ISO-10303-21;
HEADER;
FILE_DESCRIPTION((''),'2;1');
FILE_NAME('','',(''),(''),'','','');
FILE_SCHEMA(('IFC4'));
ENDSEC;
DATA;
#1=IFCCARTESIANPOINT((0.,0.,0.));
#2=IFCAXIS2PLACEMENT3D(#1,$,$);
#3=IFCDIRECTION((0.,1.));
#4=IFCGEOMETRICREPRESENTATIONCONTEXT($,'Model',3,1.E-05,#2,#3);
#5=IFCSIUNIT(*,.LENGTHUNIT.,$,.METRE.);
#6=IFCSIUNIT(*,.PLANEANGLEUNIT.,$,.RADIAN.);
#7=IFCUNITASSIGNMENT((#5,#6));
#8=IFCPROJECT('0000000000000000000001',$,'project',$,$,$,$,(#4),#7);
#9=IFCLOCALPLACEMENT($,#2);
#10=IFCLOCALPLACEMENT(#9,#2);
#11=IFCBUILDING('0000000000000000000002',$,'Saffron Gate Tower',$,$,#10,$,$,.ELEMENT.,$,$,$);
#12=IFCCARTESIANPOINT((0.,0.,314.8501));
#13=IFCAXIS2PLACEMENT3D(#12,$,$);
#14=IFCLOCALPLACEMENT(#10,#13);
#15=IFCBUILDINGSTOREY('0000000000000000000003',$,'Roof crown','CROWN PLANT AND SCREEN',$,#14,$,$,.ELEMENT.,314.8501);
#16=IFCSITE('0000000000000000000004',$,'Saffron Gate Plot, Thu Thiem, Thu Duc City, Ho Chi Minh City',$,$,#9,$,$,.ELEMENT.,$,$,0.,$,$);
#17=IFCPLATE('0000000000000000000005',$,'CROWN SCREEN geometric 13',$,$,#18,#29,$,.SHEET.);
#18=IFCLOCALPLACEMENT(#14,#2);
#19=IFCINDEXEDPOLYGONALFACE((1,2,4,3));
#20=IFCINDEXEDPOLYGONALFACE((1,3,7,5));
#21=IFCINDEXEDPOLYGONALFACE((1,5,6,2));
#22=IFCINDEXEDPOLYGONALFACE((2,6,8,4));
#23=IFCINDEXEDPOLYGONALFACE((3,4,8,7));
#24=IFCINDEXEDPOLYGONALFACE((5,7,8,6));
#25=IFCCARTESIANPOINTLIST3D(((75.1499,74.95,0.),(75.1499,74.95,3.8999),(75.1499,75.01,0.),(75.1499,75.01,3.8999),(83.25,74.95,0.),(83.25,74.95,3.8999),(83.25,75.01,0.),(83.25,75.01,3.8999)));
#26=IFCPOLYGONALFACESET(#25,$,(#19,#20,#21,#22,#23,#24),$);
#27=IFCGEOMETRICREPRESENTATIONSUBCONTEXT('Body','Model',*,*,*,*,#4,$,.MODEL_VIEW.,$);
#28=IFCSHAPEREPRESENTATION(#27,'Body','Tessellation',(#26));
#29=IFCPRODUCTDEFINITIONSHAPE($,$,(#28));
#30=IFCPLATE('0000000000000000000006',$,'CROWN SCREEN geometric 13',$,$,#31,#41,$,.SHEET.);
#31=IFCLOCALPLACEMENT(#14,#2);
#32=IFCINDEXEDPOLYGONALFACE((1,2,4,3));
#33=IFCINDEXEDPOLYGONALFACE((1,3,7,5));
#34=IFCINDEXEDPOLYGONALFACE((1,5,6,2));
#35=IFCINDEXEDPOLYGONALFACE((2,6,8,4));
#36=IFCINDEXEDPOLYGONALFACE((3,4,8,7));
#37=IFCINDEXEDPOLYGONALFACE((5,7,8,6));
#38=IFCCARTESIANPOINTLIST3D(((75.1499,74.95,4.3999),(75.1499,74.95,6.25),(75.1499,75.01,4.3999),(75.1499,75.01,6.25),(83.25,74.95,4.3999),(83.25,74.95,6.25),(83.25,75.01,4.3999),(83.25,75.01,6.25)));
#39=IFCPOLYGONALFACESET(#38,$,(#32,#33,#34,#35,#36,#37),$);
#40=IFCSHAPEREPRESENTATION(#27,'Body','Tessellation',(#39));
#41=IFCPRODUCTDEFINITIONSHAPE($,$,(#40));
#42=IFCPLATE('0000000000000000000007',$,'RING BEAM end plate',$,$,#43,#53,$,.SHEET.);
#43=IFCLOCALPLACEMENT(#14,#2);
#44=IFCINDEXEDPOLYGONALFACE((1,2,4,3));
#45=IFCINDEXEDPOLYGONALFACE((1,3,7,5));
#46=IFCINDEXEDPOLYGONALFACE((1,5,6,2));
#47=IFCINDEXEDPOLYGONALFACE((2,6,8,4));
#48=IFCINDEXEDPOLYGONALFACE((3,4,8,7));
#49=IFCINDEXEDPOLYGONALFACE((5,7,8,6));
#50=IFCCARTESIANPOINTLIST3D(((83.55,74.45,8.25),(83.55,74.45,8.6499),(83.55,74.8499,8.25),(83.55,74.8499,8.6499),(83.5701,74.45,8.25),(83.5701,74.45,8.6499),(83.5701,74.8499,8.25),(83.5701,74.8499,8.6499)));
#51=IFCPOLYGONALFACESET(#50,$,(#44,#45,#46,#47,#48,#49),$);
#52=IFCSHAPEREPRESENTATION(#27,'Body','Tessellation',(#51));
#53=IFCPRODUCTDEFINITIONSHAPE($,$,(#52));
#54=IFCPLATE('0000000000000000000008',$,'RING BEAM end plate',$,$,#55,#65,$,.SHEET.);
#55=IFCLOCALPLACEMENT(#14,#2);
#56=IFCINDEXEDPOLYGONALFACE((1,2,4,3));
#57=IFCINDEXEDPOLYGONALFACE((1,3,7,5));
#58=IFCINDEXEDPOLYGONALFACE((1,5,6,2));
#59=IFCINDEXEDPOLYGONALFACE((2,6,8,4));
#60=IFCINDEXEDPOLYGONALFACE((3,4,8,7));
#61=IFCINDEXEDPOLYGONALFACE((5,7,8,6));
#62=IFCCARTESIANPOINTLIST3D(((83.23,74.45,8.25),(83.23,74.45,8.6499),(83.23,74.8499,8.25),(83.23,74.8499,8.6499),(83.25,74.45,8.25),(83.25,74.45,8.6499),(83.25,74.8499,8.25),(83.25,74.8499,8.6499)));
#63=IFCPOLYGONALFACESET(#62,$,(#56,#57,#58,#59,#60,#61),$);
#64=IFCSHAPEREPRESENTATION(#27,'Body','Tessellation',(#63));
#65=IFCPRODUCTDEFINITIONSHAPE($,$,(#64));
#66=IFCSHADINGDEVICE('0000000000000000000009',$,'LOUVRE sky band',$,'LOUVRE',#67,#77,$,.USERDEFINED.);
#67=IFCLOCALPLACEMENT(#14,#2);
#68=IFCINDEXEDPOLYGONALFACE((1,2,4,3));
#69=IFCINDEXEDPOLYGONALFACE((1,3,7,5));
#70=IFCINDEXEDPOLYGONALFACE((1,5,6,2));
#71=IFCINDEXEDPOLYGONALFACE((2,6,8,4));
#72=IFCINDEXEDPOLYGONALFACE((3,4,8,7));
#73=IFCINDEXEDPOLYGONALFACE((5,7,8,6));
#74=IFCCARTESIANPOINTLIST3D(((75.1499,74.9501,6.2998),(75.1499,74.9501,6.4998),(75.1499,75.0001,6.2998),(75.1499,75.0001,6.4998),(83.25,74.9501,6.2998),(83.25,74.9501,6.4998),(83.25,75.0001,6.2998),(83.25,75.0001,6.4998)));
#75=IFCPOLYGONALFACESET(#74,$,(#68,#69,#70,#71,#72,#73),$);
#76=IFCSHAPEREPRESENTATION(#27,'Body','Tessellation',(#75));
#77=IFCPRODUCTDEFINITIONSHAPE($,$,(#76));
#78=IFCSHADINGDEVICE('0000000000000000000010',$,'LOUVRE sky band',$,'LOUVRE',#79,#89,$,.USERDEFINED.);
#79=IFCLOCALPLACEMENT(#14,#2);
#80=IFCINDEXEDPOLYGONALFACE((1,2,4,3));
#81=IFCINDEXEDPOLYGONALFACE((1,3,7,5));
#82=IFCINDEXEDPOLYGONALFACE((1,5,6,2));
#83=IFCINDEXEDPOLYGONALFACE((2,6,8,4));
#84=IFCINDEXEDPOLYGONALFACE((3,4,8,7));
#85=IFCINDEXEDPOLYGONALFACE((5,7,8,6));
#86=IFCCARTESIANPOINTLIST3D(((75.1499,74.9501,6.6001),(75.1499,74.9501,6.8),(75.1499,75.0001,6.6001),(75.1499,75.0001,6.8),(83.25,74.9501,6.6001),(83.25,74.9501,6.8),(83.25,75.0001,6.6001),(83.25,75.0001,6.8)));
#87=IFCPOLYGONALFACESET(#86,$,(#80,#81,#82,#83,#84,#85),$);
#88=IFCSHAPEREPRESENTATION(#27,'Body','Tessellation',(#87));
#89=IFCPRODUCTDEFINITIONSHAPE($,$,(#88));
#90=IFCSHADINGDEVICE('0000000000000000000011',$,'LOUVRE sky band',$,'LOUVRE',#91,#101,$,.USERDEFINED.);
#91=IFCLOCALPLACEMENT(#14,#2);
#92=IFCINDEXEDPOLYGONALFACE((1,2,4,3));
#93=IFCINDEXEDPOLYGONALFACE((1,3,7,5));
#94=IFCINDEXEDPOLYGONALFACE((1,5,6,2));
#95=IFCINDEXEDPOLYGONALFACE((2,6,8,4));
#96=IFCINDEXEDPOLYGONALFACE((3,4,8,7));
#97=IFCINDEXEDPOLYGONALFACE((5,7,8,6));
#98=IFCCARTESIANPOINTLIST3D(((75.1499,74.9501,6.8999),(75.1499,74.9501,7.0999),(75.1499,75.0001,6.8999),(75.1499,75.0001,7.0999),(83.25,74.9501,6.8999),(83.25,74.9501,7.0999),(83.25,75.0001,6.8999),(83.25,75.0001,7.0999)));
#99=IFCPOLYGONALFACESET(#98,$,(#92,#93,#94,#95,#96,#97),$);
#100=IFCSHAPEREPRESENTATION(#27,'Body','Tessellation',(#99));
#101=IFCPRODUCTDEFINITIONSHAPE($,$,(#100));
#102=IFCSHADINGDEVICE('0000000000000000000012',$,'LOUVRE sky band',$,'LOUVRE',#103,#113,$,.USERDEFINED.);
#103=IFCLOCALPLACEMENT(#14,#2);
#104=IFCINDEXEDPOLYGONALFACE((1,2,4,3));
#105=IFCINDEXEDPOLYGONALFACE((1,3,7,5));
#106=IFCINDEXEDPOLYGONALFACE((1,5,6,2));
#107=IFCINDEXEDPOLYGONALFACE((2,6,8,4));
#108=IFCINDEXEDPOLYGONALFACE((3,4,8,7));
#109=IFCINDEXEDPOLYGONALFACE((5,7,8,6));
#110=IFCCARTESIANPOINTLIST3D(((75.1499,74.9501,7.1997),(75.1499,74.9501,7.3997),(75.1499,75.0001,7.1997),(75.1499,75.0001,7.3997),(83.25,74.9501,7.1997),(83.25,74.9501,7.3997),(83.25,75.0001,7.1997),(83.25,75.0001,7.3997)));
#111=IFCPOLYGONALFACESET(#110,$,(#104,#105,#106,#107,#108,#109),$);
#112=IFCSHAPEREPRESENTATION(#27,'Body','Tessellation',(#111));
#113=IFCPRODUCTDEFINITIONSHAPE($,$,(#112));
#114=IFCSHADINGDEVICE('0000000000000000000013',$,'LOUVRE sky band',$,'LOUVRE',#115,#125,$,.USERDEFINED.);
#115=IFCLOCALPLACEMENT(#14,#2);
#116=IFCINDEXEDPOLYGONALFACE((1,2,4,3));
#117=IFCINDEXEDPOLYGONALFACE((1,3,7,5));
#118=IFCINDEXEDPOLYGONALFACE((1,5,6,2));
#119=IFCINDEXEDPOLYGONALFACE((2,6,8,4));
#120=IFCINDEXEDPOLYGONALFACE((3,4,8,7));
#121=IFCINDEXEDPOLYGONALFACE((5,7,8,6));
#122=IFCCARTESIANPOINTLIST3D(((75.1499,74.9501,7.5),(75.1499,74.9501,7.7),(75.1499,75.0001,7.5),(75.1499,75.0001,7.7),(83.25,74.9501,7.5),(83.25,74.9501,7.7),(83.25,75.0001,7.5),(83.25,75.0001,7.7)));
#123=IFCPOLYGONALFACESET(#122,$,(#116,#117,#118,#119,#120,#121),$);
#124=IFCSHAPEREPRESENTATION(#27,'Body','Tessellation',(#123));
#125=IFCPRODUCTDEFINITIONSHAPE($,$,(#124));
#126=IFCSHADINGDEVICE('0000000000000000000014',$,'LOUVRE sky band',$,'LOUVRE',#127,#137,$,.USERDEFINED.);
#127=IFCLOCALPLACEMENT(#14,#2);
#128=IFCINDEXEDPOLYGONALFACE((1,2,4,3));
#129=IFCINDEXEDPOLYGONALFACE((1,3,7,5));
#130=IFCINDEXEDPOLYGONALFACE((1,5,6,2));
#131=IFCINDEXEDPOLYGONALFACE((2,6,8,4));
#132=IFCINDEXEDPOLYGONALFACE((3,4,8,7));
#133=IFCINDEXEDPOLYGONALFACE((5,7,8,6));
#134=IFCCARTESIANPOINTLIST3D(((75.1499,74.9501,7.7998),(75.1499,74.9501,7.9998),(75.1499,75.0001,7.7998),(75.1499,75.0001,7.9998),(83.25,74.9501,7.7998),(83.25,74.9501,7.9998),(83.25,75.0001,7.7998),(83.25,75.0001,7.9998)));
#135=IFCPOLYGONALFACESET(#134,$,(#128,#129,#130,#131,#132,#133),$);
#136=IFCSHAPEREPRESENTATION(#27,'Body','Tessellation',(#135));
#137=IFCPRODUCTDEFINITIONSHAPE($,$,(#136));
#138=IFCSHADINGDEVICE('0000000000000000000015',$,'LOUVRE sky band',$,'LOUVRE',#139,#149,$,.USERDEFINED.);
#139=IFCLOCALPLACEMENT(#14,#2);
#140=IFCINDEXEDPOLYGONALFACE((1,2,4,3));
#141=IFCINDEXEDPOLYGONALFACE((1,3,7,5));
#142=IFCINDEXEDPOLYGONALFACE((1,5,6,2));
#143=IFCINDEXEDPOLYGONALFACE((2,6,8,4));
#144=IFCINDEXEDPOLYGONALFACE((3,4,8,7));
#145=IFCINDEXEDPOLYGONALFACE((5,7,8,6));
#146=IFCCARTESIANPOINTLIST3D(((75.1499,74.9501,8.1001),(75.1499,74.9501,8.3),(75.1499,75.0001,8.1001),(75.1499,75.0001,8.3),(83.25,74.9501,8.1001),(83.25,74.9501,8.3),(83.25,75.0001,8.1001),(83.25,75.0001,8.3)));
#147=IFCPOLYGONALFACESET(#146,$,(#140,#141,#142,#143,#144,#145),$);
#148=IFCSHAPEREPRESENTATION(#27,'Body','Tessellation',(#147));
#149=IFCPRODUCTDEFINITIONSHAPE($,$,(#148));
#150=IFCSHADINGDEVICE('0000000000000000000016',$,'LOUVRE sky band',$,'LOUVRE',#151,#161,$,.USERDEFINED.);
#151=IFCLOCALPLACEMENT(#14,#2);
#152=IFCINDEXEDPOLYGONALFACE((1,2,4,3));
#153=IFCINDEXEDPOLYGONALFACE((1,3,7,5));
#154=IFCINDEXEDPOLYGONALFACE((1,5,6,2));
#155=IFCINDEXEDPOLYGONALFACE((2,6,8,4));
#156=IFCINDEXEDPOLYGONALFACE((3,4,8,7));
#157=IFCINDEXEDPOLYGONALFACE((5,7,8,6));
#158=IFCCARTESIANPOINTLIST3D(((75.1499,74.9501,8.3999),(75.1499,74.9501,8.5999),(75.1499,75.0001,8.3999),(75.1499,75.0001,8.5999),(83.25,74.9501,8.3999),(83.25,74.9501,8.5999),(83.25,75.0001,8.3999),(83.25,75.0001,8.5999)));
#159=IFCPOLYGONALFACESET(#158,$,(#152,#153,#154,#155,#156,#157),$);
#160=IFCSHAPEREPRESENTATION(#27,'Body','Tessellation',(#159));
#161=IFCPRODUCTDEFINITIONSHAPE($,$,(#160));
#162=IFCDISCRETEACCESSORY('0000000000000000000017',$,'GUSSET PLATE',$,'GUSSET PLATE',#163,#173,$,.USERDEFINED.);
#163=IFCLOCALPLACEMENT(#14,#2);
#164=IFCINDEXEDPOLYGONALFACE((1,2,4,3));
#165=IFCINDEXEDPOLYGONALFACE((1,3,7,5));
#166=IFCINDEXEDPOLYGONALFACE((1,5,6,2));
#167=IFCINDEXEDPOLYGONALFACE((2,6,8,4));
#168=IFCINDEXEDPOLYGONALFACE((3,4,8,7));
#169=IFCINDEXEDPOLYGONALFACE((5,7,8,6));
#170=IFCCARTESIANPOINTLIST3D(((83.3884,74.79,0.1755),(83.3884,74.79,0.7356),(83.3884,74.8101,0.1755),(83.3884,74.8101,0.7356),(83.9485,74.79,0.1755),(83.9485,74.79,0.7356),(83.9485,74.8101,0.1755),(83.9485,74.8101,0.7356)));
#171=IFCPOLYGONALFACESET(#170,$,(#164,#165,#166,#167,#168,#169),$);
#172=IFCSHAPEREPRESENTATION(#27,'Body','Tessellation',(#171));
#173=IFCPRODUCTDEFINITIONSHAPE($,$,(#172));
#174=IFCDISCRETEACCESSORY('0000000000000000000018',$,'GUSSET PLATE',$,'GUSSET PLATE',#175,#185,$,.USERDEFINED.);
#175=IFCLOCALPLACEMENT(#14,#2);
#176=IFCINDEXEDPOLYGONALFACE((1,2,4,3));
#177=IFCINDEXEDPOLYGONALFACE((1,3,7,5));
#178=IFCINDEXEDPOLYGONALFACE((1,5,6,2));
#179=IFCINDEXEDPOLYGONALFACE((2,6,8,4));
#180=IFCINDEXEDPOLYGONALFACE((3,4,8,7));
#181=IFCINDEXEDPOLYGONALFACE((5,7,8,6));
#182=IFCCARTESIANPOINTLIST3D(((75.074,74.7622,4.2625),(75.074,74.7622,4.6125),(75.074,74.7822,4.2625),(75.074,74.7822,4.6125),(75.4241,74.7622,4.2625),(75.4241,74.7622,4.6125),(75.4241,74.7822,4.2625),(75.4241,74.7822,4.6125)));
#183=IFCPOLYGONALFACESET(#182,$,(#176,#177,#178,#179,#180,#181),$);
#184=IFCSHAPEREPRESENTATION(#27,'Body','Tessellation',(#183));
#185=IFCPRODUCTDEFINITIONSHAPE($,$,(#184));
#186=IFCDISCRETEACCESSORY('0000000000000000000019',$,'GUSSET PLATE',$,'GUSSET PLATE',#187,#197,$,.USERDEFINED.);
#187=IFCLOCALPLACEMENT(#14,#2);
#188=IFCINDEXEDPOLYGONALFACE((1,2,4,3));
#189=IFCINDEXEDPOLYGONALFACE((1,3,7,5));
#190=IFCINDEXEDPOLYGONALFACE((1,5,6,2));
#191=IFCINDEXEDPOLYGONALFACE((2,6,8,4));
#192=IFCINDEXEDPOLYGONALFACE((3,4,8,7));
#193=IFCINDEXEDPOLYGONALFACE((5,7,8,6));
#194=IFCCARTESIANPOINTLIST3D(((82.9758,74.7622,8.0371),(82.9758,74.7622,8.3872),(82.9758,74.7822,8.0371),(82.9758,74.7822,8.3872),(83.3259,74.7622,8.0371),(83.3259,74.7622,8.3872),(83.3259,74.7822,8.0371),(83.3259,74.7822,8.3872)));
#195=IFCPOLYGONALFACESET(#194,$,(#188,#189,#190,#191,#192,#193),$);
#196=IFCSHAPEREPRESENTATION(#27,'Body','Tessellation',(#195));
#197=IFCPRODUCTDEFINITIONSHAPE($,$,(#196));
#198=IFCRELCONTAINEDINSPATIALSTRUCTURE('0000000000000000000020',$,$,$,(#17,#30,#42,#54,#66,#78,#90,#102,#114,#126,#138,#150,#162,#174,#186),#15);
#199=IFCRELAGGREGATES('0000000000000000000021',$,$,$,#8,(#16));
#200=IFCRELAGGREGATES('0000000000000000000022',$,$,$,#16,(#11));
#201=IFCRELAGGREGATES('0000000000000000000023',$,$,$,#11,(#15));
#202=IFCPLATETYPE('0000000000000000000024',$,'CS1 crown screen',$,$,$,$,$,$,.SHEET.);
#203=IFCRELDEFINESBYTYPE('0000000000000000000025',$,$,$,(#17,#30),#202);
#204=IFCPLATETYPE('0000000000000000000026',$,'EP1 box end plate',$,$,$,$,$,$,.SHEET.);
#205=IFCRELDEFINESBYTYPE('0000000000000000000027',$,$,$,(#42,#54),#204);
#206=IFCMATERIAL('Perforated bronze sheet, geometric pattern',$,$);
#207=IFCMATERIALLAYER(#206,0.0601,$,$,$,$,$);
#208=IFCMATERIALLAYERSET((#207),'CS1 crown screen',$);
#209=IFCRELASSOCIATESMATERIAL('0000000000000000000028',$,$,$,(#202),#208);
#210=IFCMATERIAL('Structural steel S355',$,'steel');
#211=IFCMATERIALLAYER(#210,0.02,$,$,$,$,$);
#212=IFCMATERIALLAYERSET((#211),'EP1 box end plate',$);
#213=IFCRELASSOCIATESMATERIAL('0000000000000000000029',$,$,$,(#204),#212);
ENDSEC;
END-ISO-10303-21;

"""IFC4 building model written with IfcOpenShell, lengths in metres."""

from ifc_helpers import new_model, si_unit, direction, frame, origin, origin_2d, place, context, subcontext, project, spatial, rectangle, extrude, material, layer, layer_set, type_object, element, save


model = new_model("IFC4")

# Units and contexts
model_context = context("Model", 3, precision=1e-05, world=origin(), true_north=direction((0.0, 1.0)))
body_context = subcontext(model_context, "Body", "Model", "MODEL_VIEW")
ifc_project = project(units=[si_unit("LENGTHUNIT", "METRE"), si_unit("PLANEANGLEUNIT", "RADIAN")], contexts=[model_context])

# Site, building, storey
site_placement = place(None, origin())
site = spatial("IfcSite", under=ifc_project, at=site_placement, Name="Saffron Gate Plot, Thu Thiem, Thu Duc City, Ho Chi Minh City", CompositionType="ELEMENT", RefElevation=0.0)
building_placement = place(site_placement, origin())
building = spatial("IfcBuilding", under=site, at=building_placement, Name="Saffron Gate Tower", CompositionType="ELEMENT")
storey_placement = place(building_placement, frame((0.0, 0.0, 314.8501)))
storey = spatial("IfcBuildingStorey", under=building, at=storey_placement, Name="Roof crown", Description="CROWN PLANT AND SCREEN", CompositionType="ELEMENT", Elevation=314.8501)

# Shared definitions
ifc_material_1 = material(Name="Structural steel S355", Category="steel")

# Plates
ifc_material_2 = material(Name="Perforated bronze sheet, geometric pattern")
ifc_layer_1 = layer(ifc_material_2, 0.0601)
ifc_layer_set_1 = layer_set([ifc_layer_1], Name="CS1 crown screen")
plate_type_1 = type_object("IfcPlateType", Name="CS1 crown screen", PredefinedType="SHEET", material=ifc_layer_set_1)
plate_1_placement = place(storey_placement, frame((79.2, 74.98, 0.0), z_axis=(0.0, 0.0, 1.0), x_axis=(-1.0, 0.0, 0.0)))
element("IfcPlate", 1, at=plate_1_placement, inside=storey, type_object=plate_type_1, Name="CROWN SCREEN geometric 13", PredefinedType="SHEET", context=body_context, shape_type="SweptSolid", body=[
    extrude(rectangle(XDim=8.1001, YDim=0.0601, at=origin_2d()), origin(), (0.0, 0.0, 1.0), 3.8999),
])
plate_2_placement = place(storey_placement, frame((79.2, 74.98, 4.3999), z_axis=(0.0, 0.0, 1.0), x_axis=(-1.0, 0.0, 0.0)))
element("IfcPlate", 2, at=plate_2_placement, inside=storey, type_object=plate_type_1, Name="CROWN SCREEN geometric 13", PredefinedType="SHEET", context=body_context, shape_type="SweptSolid", body=[
    extrude(rectangle(XDim=8.1001, YDim=0.0601, at=origin_2d()), origin(), (0.0, 0.0, 1.0), 1.8501),
])
ifc_layer_2 = layer(ifc_material_1, 0.02)
ifc_layer_set_2 = layer_set([ifc_layer_2], Name="EP1 box end plate")
plate_type_2 = type_object("IfcPlateType", Name="EP1 box end plate", PredefinedType="SHEET", material=ifc_layer_set_2)
for number, where, z_axis, x_axis, name in (
    (3, (83.5601, 74.6499, 8.25), (0.0, 0.0, 1.0), (-1.0, 0.0, 0.0), "RING BEAM end plate"),
    (4, (83.24, 74.6499, 8.25), (0.0, 0.0, 1.0), (-1.0, 0.0, 0.0), "RING BEAM end plate"),
):
    element("IfcPlate", number, at=place(storey_placement, frame(where, z_axis=z_axis, x_axis=x_axis)), inside=storey, type_object=plate_type_2, Name=name, PredefinedType="SHEET", context=body_context, shape_type="SweptSolid", body=[
        extrude(rectangle(XDim=0.02, YDim=0.3999, at=origin_2d()), origin(), (0.0, 0.0, 1.0), 0.3999),
    ])

# Shading devices
for number, where, z_axis, x_axis, name in (
    (5, (79.2, 74.9751, 6.2998), (0.0, 0.0, 1.0), (-1.0, 0.0, 0.0), "LOUVRE sky band"),
    (6, (79.2, 74.9751, 6.6001), (0.0, 0.0, 1.0), (-1.0, 0.0, 0.0), "LOUVRE sky band"),
    (7, (79.2, 74.9751, 6.8999), (0.0, 0.0, 1.0), (-1.0, 0.0, 0.0), "LOUVRE sky band"),
    (8, (79.2, 74.9751, 7.1997), (0.0, 0.0, 1.0), (-1.0, 0.0, 0.0), "LOUVRE sky band"),
    (9, (79.2, 74.9751, 7.5), (0.0, 0.0, 1.0), (-1.0, 0.0, 0.0), "LOUVRE sky band"),
    (10, (79.2, 74.9751, 7.7998), (0.0, 0.0, 1.0), (-1.0, 0.0, 0.0), "LOUVRE sky band"),
    (11, (79.2, 74.9751, 8.1001), (0.0, 0.0, 1.0), (-1.0, 0.0, 0.0), "LOUVRE sky band"),
    (12, (79.2, 74.9751, 8.3999), (0.0, 0.0, 1.0), (-1.0, 0.0, 0.0), "LOUVRE sky band"),
):
    element("IfcShadingDevice", number, at=place(storey_placement, frame(where, z_axis=z_axis, x_axis=x_axis)), inside=storey, Name=name, ObjectType="LOUVRE", PredefinedType="USERDEFINED", context=body_context, shape_type="SweptSolid", body=[
        extrude(rectangle(XDim=8.1001, YDim=0.05, at=origin_2d()), origin(), (0.0, 0.0, 1.0), 0.2),
    ])

# Discrete accessories
discrete_accessory_placement = place(storey_placement, frame((83.6685, 74.8, 0.1755), z_axis=(0.0, 0.0, 1.0), x_axis=(1.0, 0.0, 0.0)))
element("IfcDiscreteAccessory", 13, at=discrete_accessory_placement, inside=storey, Name="GUSSET PLATE", ObjectType="GUSSET PLATE", PredefinedType="USERDEFINED", context=body_context, shape_type="SweptSolid", body=[
    extrude(rectangle(XDim=0.5601, YDim=0.02, at=origin_2d()), origin(), (0.0, 0.0, 1.0), 0.5601),
])
for number, where, z_axis, x_axis, name in (
    (14, (75.249, 74.7722, 4.2625), (0.0, 0.0, 1.0), (1.0, 0.0, 0.0), "GUSSET PLATE"),
    (15, (83.1509, 74.7722, 8.0371), (0.0, 0.0, 1.0), (1.0, 0.0, 0.0), "GUSSET PLATE"),
):
    element("IfcDiscreteAccessory", number, at=place(storey_placement, frame(where, z_axis=z_axis, x_axis=x_axis)), inside=storey, Name=name, ObjectType="GUSSET PLATE", PredefinedType="USERDEFINED", context=body_context, shape_type="SweptSolid", body=[
        extrude(rectangle(XDim=0.3501, YDim=0.02, at=origin_2d()), origin(), (0.0, 0.0, 1.0), 0.3501),
    ])

save(model, "model.ifc")
